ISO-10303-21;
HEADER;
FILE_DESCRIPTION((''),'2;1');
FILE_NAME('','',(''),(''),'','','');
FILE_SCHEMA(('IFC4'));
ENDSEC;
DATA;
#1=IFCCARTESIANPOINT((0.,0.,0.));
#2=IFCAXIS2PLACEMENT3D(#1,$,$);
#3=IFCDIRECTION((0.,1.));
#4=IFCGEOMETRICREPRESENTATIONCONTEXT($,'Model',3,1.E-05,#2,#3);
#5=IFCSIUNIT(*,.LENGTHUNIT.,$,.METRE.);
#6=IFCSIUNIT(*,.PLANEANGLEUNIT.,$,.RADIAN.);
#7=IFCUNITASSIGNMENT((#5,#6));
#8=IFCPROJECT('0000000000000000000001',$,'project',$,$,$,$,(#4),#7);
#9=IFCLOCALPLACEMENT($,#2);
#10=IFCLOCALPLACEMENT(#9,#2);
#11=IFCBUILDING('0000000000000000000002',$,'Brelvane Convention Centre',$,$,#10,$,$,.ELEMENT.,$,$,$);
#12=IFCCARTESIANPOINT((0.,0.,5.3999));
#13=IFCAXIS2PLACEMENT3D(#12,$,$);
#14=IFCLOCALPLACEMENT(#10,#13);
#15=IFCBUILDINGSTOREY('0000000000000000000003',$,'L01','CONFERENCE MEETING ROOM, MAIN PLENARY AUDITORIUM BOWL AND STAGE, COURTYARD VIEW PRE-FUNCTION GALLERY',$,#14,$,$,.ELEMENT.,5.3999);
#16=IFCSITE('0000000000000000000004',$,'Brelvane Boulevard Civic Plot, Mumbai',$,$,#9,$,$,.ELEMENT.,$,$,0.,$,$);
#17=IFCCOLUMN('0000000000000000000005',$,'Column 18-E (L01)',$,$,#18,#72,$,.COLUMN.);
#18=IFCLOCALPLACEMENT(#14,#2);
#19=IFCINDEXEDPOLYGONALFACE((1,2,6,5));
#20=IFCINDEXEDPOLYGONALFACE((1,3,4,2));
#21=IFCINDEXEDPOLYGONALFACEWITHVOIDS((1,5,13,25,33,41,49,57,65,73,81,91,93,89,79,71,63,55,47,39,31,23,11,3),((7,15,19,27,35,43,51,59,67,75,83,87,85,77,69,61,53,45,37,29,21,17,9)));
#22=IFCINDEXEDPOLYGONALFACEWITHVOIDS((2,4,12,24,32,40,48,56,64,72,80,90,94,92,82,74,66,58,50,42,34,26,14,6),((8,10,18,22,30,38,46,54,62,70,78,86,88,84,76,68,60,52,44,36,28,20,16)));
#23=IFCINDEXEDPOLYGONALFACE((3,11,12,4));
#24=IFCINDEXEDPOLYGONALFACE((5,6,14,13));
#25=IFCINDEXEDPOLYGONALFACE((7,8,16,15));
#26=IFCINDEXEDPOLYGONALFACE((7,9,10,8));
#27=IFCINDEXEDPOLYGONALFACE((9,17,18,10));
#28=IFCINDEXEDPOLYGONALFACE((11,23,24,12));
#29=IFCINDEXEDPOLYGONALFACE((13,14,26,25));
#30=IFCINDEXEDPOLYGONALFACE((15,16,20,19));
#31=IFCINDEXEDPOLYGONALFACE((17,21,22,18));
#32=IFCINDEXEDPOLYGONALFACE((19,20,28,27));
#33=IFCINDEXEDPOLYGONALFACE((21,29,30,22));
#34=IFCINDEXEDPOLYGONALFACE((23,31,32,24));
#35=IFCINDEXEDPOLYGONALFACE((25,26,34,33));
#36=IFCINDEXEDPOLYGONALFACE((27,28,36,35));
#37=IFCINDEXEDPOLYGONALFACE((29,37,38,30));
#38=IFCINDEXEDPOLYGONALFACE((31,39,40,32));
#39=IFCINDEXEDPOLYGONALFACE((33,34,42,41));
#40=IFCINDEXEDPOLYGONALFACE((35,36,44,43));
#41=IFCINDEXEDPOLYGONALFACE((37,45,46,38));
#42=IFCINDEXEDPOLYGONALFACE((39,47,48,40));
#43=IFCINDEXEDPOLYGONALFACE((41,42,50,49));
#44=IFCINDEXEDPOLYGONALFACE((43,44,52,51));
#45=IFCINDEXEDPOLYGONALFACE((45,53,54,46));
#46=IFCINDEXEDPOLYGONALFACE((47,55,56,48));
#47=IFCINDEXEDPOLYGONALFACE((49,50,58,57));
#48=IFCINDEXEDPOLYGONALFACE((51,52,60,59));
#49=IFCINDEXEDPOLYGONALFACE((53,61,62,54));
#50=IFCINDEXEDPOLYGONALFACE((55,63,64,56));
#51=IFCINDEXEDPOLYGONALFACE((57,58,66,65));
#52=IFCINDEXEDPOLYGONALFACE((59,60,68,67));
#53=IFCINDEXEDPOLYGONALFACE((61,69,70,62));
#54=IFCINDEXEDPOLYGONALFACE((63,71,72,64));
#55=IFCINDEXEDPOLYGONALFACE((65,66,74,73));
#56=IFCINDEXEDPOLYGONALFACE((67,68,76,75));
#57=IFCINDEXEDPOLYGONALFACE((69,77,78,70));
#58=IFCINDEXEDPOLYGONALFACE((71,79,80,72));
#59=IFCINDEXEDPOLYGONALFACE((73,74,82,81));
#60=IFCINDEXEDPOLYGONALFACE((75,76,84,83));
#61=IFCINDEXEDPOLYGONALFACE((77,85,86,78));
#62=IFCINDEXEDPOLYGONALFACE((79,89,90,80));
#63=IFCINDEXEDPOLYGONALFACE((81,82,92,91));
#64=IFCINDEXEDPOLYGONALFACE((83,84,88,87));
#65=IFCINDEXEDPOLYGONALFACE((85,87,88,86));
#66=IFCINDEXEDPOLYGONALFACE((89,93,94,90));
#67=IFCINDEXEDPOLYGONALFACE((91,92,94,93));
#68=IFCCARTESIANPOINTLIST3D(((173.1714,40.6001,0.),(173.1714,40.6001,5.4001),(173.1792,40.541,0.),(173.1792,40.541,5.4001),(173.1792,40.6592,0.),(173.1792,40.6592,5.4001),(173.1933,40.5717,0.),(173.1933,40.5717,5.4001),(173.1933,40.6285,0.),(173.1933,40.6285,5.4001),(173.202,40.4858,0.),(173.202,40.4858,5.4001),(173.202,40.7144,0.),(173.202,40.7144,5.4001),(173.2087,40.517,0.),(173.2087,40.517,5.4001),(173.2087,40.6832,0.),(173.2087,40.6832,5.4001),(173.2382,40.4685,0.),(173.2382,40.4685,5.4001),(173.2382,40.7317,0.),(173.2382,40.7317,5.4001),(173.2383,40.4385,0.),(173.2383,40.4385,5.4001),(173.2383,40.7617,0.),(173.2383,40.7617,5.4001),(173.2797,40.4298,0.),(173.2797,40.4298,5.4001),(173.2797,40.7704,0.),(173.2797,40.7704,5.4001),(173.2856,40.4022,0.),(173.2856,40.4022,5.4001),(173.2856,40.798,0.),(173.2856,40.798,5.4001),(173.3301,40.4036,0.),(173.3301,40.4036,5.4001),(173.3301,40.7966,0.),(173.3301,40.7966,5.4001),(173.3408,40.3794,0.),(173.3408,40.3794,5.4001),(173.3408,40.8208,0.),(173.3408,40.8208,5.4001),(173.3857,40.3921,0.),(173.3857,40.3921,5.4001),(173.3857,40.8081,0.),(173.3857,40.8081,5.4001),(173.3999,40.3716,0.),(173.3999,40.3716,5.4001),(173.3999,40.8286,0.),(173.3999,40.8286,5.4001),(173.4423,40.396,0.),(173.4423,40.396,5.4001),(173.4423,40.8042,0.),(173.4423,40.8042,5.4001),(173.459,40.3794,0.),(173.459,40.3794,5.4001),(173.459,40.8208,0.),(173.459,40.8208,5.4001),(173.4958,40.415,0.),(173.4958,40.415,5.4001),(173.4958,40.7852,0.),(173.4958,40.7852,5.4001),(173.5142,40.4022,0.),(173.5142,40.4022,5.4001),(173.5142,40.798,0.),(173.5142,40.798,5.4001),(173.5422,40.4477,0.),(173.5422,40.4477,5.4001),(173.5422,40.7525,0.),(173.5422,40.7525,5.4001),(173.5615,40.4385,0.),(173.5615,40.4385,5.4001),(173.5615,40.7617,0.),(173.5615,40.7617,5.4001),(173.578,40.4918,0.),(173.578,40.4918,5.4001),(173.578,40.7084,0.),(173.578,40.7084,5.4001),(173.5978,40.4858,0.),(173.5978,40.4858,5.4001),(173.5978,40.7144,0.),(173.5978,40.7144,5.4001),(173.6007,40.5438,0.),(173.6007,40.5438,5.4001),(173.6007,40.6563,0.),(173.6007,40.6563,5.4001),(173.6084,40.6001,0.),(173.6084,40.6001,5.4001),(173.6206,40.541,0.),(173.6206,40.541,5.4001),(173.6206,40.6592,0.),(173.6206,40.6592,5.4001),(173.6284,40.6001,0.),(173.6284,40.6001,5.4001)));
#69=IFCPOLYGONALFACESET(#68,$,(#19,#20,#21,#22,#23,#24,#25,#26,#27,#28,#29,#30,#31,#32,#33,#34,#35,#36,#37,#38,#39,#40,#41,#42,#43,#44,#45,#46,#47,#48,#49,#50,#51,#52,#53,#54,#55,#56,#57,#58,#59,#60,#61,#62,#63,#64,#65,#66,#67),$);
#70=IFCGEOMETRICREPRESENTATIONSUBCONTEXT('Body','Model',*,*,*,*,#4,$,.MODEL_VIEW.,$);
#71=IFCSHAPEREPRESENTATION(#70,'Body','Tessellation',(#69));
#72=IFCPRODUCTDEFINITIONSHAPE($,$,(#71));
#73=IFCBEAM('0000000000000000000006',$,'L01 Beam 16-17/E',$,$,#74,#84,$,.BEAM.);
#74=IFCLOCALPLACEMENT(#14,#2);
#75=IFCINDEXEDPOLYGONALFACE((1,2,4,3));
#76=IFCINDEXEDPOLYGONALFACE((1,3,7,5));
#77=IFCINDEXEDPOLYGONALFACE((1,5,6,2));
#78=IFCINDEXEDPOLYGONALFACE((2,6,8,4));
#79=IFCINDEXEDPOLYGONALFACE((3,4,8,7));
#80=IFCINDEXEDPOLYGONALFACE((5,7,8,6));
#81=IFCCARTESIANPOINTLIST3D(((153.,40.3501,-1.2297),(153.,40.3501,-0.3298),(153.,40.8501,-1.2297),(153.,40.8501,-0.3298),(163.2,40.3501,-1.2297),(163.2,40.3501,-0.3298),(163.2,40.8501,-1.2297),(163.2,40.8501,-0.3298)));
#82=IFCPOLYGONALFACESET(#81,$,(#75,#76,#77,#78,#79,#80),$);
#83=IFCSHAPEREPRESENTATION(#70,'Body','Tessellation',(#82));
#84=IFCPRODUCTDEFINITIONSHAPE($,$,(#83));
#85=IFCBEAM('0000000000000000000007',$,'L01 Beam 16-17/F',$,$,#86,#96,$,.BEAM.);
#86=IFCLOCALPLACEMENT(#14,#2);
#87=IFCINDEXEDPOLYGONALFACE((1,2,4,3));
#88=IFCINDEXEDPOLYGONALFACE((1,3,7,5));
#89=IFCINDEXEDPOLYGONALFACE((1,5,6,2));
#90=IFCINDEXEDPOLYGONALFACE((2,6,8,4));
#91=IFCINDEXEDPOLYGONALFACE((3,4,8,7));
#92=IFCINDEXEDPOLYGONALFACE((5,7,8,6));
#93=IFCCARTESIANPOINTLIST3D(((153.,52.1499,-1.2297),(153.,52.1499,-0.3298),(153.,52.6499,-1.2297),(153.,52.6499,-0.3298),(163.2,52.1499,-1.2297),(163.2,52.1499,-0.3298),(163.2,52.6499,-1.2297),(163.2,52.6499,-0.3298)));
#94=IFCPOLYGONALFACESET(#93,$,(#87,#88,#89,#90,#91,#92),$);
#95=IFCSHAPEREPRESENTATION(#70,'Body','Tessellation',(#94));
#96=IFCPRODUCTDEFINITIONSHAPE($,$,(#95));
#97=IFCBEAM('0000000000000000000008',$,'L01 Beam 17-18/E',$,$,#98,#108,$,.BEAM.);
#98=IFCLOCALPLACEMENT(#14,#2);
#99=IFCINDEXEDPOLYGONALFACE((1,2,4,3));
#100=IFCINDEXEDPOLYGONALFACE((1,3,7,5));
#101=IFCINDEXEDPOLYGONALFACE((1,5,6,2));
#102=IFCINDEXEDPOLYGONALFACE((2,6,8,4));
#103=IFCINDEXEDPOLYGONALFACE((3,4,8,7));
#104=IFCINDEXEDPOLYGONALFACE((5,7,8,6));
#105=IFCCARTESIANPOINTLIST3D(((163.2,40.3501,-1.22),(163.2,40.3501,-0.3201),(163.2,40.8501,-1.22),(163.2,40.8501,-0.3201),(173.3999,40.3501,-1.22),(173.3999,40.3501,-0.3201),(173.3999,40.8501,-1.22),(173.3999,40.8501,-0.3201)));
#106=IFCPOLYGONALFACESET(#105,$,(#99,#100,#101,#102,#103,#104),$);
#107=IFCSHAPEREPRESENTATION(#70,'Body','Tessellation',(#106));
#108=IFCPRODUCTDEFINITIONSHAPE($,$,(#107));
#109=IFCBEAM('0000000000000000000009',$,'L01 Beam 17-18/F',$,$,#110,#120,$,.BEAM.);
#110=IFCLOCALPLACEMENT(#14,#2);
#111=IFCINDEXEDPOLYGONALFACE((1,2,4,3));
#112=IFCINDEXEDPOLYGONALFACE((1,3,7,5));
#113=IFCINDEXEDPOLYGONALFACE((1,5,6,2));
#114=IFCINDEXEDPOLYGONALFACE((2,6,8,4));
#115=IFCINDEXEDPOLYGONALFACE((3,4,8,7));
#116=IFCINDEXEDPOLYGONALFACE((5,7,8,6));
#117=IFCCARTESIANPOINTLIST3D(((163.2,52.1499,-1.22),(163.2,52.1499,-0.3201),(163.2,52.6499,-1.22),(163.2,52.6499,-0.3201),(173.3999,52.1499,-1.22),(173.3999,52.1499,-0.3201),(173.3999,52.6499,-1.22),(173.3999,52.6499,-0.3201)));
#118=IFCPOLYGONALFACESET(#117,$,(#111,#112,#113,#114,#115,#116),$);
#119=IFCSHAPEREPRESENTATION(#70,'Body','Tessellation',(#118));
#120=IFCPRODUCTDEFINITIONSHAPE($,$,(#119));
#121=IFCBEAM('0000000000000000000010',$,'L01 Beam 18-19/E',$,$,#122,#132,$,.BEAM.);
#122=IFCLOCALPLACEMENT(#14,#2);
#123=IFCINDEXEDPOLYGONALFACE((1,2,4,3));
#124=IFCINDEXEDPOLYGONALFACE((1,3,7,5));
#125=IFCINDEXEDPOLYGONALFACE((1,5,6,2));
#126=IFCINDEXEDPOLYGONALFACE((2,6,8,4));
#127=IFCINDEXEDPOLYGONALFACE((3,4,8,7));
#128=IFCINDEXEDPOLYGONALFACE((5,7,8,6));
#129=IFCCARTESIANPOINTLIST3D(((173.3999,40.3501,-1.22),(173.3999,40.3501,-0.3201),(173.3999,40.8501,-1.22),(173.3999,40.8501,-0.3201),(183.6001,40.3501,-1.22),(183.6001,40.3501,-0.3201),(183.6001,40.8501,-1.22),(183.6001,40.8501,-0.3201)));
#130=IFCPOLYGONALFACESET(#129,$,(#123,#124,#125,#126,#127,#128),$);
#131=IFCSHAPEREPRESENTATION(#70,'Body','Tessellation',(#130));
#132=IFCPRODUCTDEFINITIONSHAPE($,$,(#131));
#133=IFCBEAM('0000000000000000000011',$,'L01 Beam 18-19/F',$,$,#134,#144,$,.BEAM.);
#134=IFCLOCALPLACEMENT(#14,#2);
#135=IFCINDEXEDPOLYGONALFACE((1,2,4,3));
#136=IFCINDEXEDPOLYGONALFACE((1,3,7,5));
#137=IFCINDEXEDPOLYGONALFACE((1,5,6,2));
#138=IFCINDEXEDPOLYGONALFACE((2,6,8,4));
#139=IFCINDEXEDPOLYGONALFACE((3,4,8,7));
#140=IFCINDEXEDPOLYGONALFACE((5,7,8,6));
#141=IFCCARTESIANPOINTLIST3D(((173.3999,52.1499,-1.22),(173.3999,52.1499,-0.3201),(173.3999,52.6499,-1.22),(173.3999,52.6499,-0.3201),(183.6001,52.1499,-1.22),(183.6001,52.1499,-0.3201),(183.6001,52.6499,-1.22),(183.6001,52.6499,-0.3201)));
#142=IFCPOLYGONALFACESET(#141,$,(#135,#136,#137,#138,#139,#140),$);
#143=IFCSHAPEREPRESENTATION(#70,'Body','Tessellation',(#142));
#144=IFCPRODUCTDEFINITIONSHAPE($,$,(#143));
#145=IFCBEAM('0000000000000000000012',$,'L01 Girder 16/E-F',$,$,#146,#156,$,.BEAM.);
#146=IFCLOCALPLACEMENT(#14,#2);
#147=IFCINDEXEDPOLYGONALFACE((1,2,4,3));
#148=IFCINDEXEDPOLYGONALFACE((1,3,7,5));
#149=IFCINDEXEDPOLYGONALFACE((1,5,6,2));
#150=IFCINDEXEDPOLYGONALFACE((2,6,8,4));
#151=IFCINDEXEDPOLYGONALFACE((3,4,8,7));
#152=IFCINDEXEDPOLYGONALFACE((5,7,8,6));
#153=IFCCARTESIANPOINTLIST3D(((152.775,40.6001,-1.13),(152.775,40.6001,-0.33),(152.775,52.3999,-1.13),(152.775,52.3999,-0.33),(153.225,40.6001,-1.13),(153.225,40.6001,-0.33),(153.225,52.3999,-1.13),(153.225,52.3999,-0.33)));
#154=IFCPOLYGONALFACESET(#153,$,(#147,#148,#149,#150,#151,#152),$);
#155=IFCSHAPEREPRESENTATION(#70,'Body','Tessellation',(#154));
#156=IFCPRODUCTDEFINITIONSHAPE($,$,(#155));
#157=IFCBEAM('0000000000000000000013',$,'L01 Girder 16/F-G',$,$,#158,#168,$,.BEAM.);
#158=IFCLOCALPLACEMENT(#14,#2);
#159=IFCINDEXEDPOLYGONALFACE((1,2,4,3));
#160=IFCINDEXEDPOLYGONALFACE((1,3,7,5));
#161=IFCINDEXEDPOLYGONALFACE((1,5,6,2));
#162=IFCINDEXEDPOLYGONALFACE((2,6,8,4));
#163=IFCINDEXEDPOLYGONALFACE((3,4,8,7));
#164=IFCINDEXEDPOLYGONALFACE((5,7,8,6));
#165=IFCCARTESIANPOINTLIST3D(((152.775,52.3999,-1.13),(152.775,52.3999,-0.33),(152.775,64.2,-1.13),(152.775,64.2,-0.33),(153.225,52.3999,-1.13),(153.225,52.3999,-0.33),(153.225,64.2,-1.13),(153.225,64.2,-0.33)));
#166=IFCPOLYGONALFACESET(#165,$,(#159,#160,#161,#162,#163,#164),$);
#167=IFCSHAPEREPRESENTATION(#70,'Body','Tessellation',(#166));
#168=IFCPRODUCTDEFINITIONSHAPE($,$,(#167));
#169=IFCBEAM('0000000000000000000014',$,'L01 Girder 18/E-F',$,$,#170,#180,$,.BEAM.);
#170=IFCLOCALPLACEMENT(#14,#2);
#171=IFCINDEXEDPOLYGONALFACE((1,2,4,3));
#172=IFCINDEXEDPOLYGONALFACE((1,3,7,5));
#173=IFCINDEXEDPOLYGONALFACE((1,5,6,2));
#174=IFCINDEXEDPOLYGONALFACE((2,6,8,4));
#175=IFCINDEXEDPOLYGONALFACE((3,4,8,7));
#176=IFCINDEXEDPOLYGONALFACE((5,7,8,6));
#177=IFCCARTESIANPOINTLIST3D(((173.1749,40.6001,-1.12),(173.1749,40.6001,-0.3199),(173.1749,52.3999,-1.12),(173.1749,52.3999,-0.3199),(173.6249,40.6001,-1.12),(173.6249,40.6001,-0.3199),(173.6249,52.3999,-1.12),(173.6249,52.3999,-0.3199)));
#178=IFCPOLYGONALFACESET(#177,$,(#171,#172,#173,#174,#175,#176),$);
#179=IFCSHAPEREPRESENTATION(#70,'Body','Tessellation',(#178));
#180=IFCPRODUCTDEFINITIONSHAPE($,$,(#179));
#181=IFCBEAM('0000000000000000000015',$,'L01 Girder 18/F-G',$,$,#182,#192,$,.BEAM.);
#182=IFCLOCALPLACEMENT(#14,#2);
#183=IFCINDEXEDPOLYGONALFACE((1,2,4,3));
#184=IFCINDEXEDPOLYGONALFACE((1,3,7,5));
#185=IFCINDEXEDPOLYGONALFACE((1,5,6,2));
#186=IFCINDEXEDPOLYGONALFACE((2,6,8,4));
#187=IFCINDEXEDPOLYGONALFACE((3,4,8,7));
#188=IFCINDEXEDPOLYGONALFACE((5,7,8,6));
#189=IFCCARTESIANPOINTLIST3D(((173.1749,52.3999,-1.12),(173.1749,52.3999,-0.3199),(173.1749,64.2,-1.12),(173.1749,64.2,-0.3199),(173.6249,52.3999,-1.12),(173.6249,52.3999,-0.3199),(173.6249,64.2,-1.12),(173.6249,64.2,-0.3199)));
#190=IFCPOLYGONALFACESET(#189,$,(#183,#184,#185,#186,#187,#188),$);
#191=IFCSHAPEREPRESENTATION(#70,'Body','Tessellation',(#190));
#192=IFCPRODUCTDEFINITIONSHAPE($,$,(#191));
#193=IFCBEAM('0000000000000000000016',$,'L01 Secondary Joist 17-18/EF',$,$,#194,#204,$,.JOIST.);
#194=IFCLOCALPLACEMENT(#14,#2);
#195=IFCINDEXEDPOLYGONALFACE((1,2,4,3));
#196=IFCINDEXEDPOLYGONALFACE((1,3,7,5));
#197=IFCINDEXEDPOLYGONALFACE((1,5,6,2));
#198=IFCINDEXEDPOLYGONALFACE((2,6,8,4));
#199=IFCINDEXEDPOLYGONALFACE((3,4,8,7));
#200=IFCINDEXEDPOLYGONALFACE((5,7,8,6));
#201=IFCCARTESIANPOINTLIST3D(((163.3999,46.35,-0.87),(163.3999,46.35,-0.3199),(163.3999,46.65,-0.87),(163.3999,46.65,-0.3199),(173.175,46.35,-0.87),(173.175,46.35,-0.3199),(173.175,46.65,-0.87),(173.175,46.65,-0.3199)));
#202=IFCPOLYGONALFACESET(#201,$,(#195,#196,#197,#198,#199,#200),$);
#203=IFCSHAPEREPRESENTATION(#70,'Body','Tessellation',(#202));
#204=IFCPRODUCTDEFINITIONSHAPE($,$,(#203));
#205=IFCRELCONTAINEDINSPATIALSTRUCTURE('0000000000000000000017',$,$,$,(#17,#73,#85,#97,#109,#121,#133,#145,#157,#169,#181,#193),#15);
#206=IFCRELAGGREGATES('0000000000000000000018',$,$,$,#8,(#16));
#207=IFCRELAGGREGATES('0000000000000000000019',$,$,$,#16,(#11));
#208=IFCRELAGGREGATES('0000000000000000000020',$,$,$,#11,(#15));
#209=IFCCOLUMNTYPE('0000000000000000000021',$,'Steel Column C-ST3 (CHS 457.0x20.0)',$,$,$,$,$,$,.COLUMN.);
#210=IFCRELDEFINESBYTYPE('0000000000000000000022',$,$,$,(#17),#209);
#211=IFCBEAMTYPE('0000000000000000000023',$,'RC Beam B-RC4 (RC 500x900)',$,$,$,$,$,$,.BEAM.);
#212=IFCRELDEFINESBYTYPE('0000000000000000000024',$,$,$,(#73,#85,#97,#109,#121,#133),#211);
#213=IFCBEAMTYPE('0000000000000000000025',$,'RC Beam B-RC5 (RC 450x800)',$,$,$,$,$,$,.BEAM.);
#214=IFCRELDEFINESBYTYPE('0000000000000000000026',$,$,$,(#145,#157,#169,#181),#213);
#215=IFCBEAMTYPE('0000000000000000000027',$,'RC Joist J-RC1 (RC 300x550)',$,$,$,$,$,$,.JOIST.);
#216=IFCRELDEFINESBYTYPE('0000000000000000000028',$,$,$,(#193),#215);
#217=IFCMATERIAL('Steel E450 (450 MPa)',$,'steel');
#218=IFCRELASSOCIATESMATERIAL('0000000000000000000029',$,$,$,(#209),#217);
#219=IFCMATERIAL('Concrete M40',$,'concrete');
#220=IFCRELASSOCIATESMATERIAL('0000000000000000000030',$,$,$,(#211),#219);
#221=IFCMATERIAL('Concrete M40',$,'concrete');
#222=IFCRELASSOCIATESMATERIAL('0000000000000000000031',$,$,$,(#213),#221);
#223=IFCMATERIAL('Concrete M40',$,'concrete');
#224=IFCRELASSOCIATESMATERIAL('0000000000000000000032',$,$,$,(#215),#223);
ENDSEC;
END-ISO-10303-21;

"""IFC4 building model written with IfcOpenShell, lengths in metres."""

from ifc_helpers import new_model, si_unit, direction, frame, origin, origin_2d, place, context, subcontext, project, spatial, rectangle, hollow_circle, extrude, material, material_profile, profile_set, type_object, element, save


model = new_model("IFC4")

# Units and contexts
model_context = context("Model", 3, precision=1e-05, world=origin(), true_north=direction((0.0, 1.0)))
body_context = subcontext(model_context, "Body", "Model", "MODEL_VIEW")
ifc_project = project(units=[si_unit("LENGTHUNIT", "METRE"), si_unit("PLANEANGLEUNIT", "RADIAN")], contexts=[model_context])

# Site, building, storey
site_placement = place(None, origin())
site = spatial("IfcSite", under=ifc_project, at=site_placement, Name="Brelvane Boulevard Civic Plot, Mumbai", CompositionType="ELEMENT", RefElevation=0.0)
building_placement = place(site_placement, origin())
building = spatial("IfcBuilding", under=site, at=building_placement, Name="Brelvane Convention Centre", CompositionType="ELEMENT")
storey_placement = place(building_placement, frame((0.0, 0.0, 5.3999)))
storey = spatial("IfcBuildingStorey", under=building, at=storey_placement, Name="L01", Description="CONFERENCE MEETING ROOM, MAIN PLENARY AUDITORIUM BOWL AND STAGE, COURTYARD VIEW PRE-FUNCTION GALLERY", CompositionType="ELEMENT", Elevation=5.3999)

# Column
ifc_material_1 = material(Name="Steel E450 (450 MPa)", Category="steel")
ifc_material_profile_1 = material_profile(ifc_material_1, hollow_circle(Radius=0.2285, WallThickness=0.02, at=origin_2d()), Name="CHS 457.0x20.0")
ifc_profile_set_1 = profile_set([ifc_material_profile_1], Name="Steel E450 (450 MPa)")
column_type_1 = type_object("IfcColumnType", Name="Steel Column C-ST3 (CHS 457.0x20.0)", PredefinedType="COLUMN", material=ifc_profile_set_1)
column_1_placement = place(storey_placement, frame((173.3999, 40.6001, 0.0), z_axis=(0.0, 0.0, 1.0), x_axis=(1.0, 0.0, 0.0)))
element("IfcColumn", 1, at=column_1_placement, inside=storey, type_object=column_type_1, Name="Column 18-E (L01)", PredefinedType="COLUMN", context=body_context, shape_type="SweptSolid", body=[
    extrude(hollow_circle(Radius=0.2285, WallThickness=0.02, at=origin_2d()), origin(), (0.0, 0.0, 1.0), 5.4001),
])

# Beams
ifc_material_2 = material(Name="Concrete M40", Category="concrete")
ifc_material_profile_2 = material_profile(ifc_material_2, rectangle(XDim=0.5, YDim=0.8999, at=origin_2d()), Name="RC 500x900")
ifc_profile_set_2 = profile_set([ifc_material_profile_2], Name="Concrete M40")
beam_type_1 = type_object("IfcBeamType", Name="RC Beam B-RC4 (RC 500x900)", PredefinedType="BEAM", material=ifc_profile_set_2)
for number, where, z_axis, x_axis, name in (
    (2, (153.0, 40.6001, -0.7798), (1.0, 0.0, 0.0), (0.0, 1.0, 0.0), "L01 Beam 16-17/E"),
    (3, (153.0, 52.3999, -0.7798), (1.0, 0.0, 0.0), (0.0, 1.0, 0.0), "L01 Beam 16-17/F"),
    (4, (163.2, 40.6001, -0.77), (1.0, 0.0, 0.0), (0.0, 1.0, 0.0), "L01 Beam 17-18/E"),
    (5, (163.2, 52.3999, -0.77), (1.0, 0.0, 0.0), (0.0, 1.0, 0.0), "L01 Beam 17-18/F"),
):
    element("IfcBeam", number, at=place(storey_placement, frame(where, z_axis=z_axis, x_axis=x_axis)), inside=storey, type_object=beam_type_1, Name=name, PredefinedType="BEAM", context=body_context, shape_type="SweptSolid", body=[
        extrude(rectangle(XDim=0.5, YDim=0.8999, at=origin_2d()), origin(), (0.0, 0.0, 1.0), 10.2),
    ])
for number, where, z_axis, x_axis, name in (
    (6, (173.3999, 40.6001, -0.77), (1.0, 0.0, 0.0), (0.0, 1.0, 0.0), "L01 Beam 18-19/E"),
    (7, (173.3999, 52.3999, -0.77), (1.0, 0.0, 0.0), (0.0, 1.0, 0.0), "L01 Beam 18-19/F"),
):
    element("IfcBeam", number, at=place(storey_placement, frame(where, z_axis=z_axis, x_axis=x_axis)), inside=storey, type_object=beam_type_1, Name=name, PredefinedType="BEAM", context=body_context, shape_type="SweptSolid", body=[
        extrude(rectangle(XDim=0.5, YDim=0.8999, at=origin_2d()), origin(), (0.0, 0.0, 1.0), 10.2002),
    ])
ifc_material_3 = material(Name="Concrete M40", Category="concrete")
ifc_material_profile_3 = material_profile(ifc_material_3, rectangle(XDim=0.45, YDim=0.8, at=origin_2d()), Name="RC 450x800")
ifc_profile_set_3 = profile_set([ifc_material_profile_3], Name="Concrete M40")
beam_type_2 = type_object("IfcBeamType", Name="RC Beam B-RC5 (RC 450x800)", PredefinedType="BEAM", material=ifc_profile_set_3)
beam_1_placement = place(storey_placement, frame((153.0, 40.6001, -0.73), z_axis=(0.0, 1.0, 0.0), x_axis=(-1.0, 0.0, 0.0)))
element("IfcBeam", 8, at=beam_1_placement, inside=storey, type_object=beam_type_2, Name="L01 Girder 16/E-F", PredefinedType="BEAM", context=body_context, shape_type="SweptSolid", body=[
    extrude(rectangle(XDim=0.45, YDim=0.8, at=origin_2d()), origin(), (0.0, 0.0, 1.0), 11.7998),
])
beam_2_placement = place(storey_placement, frame((153.0, 52.3999, -0.73), z_axis=(0.0, 1.0, 0.0), x_axis=(-1.0, 0.0, 0.0)))
element("IfcBeam", 9, at=beam_2_placement, inside=storey, type_object=beam_type_2, Name="L01 Girder 16/F-G", PredefinedType="BEAM", context=body_context, shape_type="SweptSolid", body=[
    extrude(rectangle(XDim=0.45, YDim=0.8, at=origin_2d()), origin(), (0.0, 0.0, 1.0), 11.8),
])
beam_3_placement = place(storey_placement, frame((173.3999, 40.6001, -0.72), z_axis=(0.0, 1.0, 0.0), x_axis=(-1.0, 0.0, 0.0)))
element("IfcBeam", 10, at=beam_3_placement, inside=storey, type_object=beam_type_2, Name="L01 Girder 18/E-F", PredefinedType="BEAM", context=body_context, shape_type="SweptSolid", body=[
    extrude(rectangle(XDim=0.45, YDim=0.8, at=origin_2d()), origin(), (0.0, 0.0, 1.0), 11.7998),
])
beam_4_placement = place(storey_placement, frame((173.3999, 52.3999, -0.72), z_axis=(0.0, 1.0, 0.0), x_axis=(-1.0, 0.0, 0.0)))
element("IfcBeam", 11, at=beam_4_placement, inside=storey, type_object=beam_type_2, Name="L01 Girder 18/F-G", PredefinedType="BEAM", context=body_context, shape_type="SweptSolid", body=[
    extrude(rectangle(XDim=0.45, YDim=0.8, at=origin_2d()), origin(), (0.0, 0.0, 1.0), 11.8),
])
ifc_material_4 = material(Name="Concrete M40", Category="concrete")
ifc_material_profile_4 = material_profile(ifc_material_4, rectangle(XDim=0.3, YDim=0.55, at=origin_2d()), Name="RC 300x550")
ifc_profile_set_4 = profile_set([ifc_material_profile_4], Name="Concrete M40")
beam_type_3 = type_object("IfcBeamType", Name="RC Joist J-RC1 (RC 300x550)", PredefinedType="JOIST", material=ifc_profile_set_4)
beam_5_placement = place(storey_placement, frame((163.3999, 46.5, -0.595), z_axis=(1.0, 0.0, 0.0), x_axis=(0.0, 1.0, 0.0)))
element("IfcBeam", 12, at=beam_5_placement, inside=storey, type_object=beam_type_3, Name="L01 Secondary Joist 17-18/EF", PredefinedType="JOIST", context=body_context, shape_type="SweptSolid", body=[
    extrude(rectangle(XDim=0.3, YDim=0.55, at=origin_2d()), origin(), (0.0, 0.0, 1.0), 9.7751),
])

save(model, "model.ifc")
